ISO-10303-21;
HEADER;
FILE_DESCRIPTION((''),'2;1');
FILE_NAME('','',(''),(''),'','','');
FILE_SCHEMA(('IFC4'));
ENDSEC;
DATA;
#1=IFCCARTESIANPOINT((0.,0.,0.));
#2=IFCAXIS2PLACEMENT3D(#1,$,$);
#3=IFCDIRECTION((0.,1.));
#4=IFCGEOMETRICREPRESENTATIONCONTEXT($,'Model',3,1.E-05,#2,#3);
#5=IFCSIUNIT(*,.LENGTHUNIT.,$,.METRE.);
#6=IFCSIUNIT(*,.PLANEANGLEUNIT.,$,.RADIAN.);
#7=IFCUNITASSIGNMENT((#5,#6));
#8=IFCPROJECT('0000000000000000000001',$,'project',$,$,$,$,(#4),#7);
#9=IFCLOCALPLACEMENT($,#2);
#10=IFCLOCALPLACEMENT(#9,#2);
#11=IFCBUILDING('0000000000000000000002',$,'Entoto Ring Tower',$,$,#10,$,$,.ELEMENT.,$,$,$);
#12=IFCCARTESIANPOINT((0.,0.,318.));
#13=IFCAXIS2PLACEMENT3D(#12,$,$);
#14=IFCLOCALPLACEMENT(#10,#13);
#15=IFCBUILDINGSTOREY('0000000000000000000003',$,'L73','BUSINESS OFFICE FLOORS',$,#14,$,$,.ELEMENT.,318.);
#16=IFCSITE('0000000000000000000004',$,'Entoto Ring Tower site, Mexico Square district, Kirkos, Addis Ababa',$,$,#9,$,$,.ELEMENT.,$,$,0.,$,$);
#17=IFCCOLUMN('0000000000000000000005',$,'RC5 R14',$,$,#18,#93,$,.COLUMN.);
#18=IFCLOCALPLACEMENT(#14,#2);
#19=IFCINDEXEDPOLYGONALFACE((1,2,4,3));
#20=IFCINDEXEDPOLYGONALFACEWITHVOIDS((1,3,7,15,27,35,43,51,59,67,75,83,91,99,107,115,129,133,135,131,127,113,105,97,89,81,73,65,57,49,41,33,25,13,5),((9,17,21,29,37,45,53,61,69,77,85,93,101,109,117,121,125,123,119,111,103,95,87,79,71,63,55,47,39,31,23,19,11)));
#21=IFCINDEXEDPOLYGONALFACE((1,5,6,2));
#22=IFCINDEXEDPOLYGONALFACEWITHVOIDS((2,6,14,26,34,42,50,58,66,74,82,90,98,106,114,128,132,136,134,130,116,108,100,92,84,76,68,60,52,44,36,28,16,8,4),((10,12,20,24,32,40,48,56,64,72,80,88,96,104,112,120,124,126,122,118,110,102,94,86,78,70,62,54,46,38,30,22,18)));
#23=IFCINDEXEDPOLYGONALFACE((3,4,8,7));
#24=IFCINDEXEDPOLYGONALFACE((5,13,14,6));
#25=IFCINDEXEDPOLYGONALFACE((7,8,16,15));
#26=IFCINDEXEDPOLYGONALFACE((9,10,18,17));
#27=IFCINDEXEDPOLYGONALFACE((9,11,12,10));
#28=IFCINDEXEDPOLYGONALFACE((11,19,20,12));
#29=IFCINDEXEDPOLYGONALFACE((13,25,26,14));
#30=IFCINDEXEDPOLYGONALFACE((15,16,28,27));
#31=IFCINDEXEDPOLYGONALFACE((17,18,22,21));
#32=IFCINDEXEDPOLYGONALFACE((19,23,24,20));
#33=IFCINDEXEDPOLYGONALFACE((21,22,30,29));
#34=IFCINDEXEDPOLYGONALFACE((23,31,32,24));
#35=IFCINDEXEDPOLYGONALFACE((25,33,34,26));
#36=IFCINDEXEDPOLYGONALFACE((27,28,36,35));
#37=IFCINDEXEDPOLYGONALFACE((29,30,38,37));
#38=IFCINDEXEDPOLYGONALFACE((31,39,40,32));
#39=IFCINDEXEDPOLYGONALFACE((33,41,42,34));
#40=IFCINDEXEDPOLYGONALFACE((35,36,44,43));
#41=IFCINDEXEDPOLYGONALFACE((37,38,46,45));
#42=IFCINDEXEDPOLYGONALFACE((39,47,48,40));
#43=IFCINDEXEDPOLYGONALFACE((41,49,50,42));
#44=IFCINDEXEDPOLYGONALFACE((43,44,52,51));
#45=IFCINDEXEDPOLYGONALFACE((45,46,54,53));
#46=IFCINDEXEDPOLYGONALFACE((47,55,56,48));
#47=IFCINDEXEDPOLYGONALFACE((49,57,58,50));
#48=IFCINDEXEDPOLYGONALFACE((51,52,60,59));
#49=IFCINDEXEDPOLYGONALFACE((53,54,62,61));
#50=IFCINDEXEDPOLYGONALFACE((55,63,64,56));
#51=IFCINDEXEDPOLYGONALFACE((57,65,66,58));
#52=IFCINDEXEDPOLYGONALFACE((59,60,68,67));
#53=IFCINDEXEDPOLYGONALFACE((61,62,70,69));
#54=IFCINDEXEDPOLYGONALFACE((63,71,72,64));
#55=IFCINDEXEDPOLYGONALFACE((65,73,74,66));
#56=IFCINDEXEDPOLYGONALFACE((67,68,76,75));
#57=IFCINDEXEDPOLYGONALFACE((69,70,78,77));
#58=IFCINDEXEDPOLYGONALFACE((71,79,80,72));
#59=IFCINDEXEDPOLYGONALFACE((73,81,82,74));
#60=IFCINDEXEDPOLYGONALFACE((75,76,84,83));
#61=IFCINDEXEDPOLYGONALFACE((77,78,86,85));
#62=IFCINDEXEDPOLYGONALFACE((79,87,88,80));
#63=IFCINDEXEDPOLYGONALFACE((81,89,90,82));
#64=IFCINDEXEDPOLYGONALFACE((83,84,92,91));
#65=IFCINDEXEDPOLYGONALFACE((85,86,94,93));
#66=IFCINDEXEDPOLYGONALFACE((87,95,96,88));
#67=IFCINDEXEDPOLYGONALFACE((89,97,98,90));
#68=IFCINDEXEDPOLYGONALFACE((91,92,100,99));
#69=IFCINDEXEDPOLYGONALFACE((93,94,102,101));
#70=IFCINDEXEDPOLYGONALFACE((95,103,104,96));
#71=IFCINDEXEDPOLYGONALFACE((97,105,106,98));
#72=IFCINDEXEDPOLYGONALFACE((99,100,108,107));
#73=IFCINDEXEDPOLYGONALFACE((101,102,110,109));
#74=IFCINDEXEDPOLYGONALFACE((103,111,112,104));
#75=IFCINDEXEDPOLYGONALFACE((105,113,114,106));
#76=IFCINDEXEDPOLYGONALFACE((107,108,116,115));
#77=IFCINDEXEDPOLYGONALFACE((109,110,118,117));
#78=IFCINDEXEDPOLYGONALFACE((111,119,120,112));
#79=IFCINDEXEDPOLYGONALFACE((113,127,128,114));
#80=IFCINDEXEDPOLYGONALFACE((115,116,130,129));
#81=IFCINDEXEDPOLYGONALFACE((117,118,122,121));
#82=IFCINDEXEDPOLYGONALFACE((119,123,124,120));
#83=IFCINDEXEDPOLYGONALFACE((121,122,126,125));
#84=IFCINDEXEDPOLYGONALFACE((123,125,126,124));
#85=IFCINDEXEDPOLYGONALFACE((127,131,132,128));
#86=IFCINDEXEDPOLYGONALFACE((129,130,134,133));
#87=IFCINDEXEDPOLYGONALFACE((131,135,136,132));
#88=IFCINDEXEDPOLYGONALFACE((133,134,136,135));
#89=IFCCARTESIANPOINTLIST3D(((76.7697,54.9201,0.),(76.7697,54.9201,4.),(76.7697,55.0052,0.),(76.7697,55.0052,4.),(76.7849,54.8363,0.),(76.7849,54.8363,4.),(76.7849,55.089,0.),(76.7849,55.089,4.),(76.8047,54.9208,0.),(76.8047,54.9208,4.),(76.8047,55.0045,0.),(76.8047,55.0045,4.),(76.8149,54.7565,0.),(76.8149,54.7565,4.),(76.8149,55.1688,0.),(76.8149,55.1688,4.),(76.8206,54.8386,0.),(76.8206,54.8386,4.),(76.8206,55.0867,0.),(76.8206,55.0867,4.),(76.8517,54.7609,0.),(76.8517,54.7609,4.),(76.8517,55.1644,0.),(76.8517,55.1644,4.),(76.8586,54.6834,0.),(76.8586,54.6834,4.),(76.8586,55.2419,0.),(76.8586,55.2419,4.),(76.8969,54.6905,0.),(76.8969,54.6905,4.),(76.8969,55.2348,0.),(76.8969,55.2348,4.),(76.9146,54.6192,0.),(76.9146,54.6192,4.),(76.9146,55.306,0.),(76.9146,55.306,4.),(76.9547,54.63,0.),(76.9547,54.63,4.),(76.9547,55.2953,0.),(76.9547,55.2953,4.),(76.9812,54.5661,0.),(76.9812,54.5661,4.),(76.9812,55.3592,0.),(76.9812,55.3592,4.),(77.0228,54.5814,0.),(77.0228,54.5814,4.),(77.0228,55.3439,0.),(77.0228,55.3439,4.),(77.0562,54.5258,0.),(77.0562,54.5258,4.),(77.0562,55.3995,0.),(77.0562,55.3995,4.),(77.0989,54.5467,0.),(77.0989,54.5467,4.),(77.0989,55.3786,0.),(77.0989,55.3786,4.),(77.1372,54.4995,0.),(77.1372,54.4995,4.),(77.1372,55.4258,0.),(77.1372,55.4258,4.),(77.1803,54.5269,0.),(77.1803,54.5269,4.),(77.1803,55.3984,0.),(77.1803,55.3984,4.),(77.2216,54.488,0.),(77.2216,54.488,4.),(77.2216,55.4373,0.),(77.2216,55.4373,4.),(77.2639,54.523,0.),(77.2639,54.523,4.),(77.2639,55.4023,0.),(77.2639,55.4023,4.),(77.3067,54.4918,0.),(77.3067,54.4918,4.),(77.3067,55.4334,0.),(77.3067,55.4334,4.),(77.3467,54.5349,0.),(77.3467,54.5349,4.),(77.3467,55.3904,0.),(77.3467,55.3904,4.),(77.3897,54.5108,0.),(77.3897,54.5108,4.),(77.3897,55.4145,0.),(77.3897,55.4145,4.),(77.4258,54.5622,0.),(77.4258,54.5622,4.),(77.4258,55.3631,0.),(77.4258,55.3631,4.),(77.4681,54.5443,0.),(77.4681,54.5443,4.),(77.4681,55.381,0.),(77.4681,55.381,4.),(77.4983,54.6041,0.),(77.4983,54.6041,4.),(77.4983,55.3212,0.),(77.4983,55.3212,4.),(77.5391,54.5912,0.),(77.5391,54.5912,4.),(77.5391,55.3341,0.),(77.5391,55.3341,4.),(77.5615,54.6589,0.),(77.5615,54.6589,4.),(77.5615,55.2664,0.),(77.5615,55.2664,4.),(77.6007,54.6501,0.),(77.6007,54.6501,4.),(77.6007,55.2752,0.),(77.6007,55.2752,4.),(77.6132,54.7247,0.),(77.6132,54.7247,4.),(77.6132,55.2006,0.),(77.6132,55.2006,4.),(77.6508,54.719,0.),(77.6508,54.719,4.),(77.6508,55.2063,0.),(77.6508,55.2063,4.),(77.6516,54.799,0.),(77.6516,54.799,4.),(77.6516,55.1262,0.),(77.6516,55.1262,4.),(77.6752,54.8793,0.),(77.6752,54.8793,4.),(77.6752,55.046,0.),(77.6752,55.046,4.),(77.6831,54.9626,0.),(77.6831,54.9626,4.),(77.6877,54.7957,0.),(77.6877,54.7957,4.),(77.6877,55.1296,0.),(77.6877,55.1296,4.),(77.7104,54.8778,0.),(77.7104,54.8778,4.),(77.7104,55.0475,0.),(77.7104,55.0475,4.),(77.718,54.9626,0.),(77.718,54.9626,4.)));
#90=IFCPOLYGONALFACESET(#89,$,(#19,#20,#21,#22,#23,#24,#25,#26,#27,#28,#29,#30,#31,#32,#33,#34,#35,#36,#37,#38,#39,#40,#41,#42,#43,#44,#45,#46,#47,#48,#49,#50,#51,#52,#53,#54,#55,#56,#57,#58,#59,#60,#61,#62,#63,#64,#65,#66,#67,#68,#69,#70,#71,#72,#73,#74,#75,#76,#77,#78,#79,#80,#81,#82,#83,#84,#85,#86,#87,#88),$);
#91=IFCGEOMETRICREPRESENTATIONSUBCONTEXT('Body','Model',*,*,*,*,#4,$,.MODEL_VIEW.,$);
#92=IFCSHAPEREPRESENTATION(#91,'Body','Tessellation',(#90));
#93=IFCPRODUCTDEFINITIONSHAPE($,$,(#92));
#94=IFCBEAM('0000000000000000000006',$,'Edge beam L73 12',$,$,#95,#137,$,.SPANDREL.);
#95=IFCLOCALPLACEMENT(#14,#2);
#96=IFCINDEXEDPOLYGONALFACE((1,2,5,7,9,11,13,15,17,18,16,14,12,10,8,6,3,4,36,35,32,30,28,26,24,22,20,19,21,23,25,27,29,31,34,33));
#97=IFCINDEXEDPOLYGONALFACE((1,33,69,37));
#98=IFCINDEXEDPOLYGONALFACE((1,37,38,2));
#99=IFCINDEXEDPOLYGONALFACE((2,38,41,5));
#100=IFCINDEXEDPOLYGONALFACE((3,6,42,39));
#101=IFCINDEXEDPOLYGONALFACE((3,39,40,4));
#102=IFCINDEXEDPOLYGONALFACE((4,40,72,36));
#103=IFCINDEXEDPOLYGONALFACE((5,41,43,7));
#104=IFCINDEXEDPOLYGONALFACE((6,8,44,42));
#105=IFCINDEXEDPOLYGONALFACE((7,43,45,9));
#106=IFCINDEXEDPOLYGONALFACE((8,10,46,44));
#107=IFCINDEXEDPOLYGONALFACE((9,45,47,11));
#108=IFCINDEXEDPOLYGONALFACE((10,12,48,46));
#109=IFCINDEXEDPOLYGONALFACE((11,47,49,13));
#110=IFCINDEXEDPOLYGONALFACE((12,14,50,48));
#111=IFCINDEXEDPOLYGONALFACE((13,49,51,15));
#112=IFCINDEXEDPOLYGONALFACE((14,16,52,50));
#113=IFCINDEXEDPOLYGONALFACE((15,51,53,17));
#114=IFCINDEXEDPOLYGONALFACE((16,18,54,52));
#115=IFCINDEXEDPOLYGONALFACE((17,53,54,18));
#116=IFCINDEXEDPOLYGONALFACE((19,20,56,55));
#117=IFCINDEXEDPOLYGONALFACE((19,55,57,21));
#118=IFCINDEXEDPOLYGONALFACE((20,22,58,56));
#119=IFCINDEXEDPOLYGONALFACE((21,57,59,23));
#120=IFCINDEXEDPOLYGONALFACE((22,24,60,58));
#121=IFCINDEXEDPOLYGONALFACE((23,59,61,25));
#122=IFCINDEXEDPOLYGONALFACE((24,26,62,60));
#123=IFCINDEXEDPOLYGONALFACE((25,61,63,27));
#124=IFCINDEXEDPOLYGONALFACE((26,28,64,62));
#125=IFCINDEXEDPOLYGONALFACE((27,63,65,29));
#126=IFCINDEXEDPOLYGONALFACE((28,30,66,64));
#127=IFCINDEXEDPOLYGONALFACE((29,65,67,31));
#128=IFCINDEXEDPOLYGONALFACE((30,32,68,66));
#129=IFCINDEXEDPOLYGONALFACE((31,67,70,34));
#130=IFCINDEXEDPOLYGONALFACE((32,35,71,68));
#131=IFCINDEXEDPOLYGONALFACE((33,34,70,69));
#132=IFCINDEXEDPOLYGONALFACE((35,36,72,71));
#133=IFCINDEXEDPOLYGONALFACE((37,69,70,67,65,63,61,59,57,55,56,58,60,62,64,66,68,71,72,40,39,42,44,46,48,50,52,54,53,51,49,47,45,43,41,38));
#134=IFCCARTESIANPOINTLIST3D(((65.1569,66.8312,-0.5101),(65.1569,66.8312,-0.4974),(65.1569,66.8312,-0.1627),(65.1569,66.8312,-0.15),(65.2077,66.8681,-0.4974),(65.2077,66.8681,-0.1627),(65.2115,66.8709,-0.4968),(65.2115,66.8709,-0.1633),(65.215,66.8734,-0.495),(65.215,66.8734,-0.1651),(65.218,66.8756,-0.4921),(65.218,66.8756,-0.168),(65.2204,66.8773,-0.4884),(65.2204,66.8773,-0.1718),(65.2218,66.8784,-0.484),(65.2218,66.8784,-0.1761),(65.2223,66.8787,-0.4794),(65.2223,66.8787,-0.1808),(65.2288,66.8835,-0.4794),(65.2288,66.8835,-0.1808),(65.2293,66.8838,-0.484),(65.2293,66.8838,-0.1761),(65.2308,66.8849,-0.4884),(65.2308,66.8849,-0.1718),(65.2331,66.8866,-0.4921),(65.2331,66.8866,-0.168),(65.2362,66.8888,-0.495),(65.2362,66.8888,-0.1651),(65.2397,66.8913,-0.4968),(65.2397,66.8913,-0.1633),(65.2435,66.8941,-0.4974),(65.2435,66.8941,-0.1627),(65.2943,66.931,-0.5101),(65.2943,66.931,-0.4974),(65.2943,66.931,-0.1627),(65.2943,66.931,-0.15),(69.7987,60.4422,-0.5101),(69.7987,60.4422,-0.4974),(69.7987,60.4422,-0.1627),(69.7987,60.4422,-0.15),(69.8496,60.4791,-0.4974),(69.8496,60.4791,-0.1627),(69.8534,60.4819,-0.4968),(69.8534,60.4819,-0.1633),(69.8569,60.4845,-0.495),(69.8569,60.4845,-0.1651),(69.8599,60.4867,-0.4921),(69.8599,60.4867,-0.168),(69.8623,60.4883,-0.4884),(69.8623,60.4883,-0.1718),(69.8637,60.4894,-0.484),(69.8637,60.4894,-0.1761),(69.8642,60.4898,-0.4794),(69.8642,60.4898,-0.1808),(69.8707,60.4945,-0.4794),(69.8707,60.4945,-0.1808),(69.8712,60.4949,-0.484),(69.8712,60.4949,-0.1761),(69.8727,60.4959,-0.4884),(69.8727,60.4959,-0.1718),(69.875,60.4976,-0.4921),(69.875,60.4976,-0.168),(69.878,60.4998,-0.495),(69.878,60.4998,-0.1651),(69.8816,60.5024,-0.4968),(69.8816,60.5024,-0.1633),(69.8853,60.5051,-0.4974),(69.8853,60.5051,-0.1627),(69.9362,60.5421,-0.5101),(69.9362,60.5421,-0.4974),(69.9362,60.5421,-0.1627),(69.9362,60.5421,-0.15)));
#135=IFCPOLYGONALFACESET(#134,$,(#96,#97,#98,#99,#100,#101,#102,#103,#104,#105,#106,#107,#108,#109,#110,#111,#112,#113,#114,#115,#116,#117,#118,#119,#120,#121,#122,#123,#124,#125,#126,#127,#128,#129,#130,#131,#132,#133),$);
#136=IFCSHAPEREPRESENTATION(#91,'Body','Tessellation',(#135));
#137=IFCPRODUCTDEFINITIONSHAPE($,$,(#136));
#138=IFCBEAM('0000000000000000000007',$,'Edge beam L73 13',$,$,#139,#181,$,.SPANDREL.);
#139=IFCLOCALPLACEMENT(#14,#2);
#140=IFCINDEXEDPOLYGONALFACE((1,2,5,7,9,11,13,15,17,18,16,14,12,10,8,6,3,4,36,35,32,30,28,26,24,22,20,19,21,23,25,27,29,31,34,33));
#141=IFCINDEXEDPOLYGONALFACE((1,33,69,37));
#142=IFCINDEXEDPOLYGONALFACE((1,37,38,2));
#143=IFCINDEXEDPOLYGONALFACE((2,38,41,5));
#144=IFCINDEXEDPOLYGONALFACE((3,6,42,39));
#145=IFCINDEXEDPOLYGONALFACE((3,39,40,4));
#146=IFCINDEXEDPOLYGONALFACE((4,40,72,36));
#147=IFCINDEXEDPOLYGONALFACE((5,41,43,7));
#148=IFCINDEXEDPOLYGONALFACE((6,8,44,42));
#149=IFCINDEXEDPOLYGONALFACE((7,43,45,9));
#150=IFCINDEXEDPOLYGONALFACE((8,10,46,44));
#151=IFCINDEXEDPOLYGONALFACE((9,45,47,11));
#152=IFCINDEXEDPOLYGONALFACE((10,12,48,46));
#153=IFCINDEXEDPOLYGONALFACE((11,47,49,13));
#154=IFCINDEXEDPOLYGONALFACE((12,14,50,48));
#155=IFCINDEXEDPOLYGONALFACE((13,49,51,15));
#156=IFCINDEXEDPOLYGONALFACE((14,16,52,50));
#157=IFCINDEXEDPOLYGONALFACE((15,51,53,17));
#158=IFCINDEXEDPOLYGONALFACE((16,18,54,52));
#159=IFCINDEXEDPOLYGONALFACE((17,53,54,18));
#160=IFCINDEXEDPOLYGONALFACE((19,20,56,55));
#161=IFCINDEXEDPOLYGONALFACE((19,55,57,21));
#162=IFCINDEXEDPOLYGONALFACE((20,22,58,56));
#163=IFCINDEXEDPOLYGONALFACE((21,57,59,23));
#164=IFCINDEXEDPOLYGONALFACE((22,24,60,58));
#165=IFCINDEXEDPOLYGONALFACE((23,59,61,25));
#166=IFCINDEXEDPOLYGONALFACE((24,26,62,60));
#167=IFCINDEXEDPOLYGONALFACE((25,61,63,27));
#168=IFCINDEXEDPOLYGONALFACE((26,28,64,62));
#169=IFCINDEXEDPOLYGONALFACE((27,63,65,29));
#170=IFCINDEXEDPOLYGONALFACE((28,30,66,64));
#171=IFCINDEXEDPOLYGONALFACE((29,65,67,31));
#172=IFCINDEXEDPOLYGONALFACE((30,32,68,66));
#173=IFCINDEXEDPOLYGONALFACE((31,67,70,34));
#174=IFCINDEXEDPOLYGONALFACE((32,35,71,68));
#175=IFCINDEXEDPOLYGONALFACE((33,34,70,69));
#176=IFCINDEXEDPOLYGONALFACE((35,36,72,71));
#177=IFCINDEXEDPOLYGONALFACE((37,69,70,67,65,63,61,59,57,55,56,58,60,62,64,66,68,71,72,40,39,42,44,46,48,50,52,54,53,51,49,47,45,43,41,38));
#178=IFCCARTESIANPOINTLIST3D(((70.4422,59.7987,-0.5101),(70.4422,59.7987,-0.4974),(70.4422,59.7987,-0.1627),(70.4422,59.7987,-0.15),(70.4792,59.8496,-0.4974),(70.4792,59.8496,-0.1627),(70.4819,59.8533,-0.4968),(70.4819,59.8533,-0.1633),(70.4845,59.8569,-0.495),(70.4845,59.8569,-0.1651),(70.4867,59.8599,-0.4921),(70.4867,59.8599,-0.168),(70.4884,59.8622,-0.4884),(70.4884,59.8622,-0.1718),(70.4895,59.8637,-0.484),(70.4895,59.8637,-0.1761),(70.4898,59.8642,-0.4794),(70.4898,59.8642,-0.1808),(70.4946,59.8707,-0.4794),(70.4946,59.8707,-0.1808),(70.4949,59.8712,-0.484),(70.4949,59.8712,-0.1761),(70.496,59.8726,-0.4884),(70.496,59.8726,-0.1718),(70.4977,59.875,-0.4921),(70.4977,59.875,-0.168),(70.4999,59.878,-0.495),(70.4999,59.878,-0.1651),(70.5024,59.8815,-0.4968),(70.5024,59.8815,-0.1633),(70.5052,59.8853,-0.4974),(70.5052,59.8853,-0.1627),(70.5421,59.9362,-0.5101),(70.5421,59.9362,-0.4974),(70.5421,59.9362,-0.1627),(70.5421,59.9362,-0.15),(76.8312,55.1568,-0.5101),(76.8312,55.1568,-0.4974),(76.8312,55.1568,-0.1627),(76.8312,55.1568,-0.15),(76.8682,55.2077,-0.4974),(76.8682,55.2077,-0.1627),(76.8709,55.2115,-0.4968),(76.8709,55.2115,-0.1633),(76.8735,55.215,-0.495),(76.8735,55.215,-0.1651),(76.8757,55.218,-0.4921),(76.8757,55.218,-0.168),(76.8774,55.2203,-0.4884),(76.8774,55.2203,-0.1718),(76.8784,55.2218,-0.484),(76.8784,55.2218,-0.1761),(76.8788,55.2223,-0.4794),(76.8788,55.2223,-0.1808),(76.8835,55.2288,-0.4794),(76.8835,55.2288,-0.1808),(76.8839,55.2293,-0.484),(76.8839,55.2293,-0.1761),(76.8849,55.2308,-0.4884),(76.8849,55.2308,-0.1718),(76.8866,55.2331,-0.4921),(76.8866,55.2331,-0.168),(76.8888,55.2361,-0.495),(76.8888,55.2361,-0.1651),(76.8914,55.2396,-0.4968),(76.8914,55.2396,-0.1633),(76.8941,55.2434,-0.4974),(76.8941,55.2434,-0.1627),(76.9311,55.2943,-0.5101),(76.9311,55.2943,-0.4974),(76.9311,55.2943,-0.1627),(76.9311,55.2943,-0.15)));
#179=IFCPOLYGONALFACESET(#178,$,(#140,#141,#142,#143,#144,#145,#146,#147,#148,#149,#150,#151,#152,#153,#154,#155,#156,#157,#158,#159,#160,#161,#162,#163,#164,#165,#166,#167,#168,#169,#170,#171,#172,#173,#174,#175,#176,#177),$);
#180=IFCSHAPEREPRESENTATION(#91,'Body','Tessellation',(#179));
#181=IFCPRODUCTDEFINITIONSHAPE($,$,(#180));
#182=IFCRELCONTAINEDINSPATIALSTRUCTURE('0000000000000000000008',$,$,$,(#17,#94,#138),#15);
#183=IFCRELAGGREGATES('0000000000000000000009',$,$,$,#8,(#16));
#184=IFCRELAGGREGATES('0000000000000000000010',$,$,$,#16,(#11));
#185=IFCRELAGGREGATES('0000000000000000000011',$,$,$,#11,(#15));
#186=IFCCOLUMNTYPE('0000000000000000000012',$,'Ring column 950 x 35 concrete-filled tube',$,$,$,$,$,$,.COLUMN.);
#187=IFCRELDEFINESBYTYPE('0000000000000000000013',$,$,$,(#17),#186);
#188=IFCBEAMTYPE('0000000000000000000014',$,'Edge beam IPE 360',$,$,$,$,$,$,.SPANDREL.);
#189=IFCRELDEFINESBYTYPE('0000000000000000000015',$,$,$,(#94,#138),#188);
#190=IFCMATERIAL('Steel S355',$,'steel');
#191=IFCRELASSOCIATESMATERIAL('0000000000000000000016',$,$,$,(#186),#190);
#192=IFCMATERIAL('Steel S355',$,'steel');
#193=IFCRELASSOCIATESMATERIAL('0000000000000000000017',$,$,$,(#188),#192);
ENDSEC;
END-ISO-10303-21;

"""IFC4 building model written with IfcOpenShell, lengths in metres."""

from ifc_helpers import new_model, si_unit, direction, frame, origin, origin_2d, place, context, subcontext, project, spatial, circle, hollow_circle, i_section, extrude, material, material_profile, profile_set, type_object, element, save


model = new_model("IFC4")

# Units and contexts
model_context = context("Model", 3, precision=1e-05, world=origin(), true_north=direction((0.0, 1.0)))
body_context = subcontext(model_context, "Body", "Model", "MODEL_VIEW")
ifc_project = project(units=[si_unit("LENGTHUNIT", "METRE"), si_unit("PLANEANGLEUNIT", "RADIAN")], contexts=[model_context])

# Site, building, storey
site_placement = place(None, origin())
site = spatial("IfcSite", under=ifc_project, at=site_placement, Name="Entoto Ring Tower site, Mexico Square district, Kirkos, Addis Ababa", CompositionType="ELEMENT", RefElevation=0.0)
building_placement = place(site_placement, origin())
building = spatial("IfcBuilding", under=site, at=building_placement, Name="Entoto Ring Tower", CompositionType="ELEMENT")
storey_placement = place(building_placement, frame((0.0, 0.0, 318.0)))
storey = spatial("IfcBuildingStorey", under=building, at=storey_placement, Name="L73", Description="BUSINESS OFFICE FLOORS", CompositionType="ELEMENT", Elevation=318.0)

# Column
ifc_material_1 = material(Name="Steel S355", Category="steel")
ifc_material_profile_1 = material_profile(ifc_material_1, hollow_circle(Radius=0.4751, WallThickness=0.0349, at=origin_2d()), Name="CHS 950 x 35")
ifc_material_2 = material(Name="Concrete C60/75", Category="concrete")
ifc_material_profile_2 = material_profile(ifc_material_2, circle(Radius=0.4399, at=origin_2d()), Name="Concrete C60/75 infill")
ifc_profile_set_1 = profile_set([ifc_material_profile_1, ifc_material_profile_2], Name="Steel S355")
column_type = type_object("IfcColumnType", Name="Ring column 950 x 35 concrete-filled tube", PredefinedType="COLUMN", material=ifc_profile_set_1)
for number, where, z_axis, x_axis, name in (
    (1, (77.2429, 54.9626, 0.0), (0.0, 0.0, 1.0), (1.0, 0.0, 0.0), "RC5 R14"),
):
    element("IfcColumn", number, at=place(storey_placement, frame(where, z_axis=z_axis, x_axis=x_axis)), inside=storey, type_object=column_type, Name=name, PredefinedType="COLUMN", context=body_context, shape_type="SweptSolid", body=[
        extrude(hollow_circle(Radius=0.4751, WallThickness=0.0349, at=origin_2d()), origin(), (0.0, 0.0, 1.0), 4.0),
    ])

# Beams
ifc_material_3 = material(Name="Steel S355", Category="steel")
ifc_material_profile_3 = material_profile(ifc_material_3, i_section(OverallWidth=0.1699, OverallDepth=0.3601, WebThickness=0.0081, FlangeThickness=0.0127, FilletRadius=0.0181, at=origin_2d()), Name="IPE 360")
ifc_profile_set_2 = profile_set([ifc_material_profile_3], Name="Steel S355")
beam_type_1 = type_object("IfcBeamType", Name="Edge beam IPE 360", PredefinedType="SPANDREL", material=ifc_profile_set_2)
for number, where, z_axis, x_axis, name in (
    (2, (65.2256, 66.8811, -0.3301), (0.587787, -0.809015, 0.0), (0.809015, 0.587787, 0.0), "Edge beam L73 12"),
    (3, (70.4922, 59.8674, -0.3301), (0.809015, -0.587787, 0.0), (0.587787, 0.809015, 0.0), "Edge beam L73 13"),
):
    element("IfcBeam", number, at=place(storey_placement, frame(where, z_axis=z_axis, x_axis=x_axis)), inside=storey, type_object=beam_type_1, Name=name, PredefinedType="SPANDREL", context=body_context, shape_type="SweptSolid", body=[
        extrude(i_section(OverallWidth=0.1699, OverallDepth=0.3601, WebThickness=0.0081, FlangeThickness=0.0127, FilletRadius=0.0181, at=origin_2d()), origin(), (0.0, 0.0, 1.0), 7.8972),
    ])

save(model, "model.ifc")
